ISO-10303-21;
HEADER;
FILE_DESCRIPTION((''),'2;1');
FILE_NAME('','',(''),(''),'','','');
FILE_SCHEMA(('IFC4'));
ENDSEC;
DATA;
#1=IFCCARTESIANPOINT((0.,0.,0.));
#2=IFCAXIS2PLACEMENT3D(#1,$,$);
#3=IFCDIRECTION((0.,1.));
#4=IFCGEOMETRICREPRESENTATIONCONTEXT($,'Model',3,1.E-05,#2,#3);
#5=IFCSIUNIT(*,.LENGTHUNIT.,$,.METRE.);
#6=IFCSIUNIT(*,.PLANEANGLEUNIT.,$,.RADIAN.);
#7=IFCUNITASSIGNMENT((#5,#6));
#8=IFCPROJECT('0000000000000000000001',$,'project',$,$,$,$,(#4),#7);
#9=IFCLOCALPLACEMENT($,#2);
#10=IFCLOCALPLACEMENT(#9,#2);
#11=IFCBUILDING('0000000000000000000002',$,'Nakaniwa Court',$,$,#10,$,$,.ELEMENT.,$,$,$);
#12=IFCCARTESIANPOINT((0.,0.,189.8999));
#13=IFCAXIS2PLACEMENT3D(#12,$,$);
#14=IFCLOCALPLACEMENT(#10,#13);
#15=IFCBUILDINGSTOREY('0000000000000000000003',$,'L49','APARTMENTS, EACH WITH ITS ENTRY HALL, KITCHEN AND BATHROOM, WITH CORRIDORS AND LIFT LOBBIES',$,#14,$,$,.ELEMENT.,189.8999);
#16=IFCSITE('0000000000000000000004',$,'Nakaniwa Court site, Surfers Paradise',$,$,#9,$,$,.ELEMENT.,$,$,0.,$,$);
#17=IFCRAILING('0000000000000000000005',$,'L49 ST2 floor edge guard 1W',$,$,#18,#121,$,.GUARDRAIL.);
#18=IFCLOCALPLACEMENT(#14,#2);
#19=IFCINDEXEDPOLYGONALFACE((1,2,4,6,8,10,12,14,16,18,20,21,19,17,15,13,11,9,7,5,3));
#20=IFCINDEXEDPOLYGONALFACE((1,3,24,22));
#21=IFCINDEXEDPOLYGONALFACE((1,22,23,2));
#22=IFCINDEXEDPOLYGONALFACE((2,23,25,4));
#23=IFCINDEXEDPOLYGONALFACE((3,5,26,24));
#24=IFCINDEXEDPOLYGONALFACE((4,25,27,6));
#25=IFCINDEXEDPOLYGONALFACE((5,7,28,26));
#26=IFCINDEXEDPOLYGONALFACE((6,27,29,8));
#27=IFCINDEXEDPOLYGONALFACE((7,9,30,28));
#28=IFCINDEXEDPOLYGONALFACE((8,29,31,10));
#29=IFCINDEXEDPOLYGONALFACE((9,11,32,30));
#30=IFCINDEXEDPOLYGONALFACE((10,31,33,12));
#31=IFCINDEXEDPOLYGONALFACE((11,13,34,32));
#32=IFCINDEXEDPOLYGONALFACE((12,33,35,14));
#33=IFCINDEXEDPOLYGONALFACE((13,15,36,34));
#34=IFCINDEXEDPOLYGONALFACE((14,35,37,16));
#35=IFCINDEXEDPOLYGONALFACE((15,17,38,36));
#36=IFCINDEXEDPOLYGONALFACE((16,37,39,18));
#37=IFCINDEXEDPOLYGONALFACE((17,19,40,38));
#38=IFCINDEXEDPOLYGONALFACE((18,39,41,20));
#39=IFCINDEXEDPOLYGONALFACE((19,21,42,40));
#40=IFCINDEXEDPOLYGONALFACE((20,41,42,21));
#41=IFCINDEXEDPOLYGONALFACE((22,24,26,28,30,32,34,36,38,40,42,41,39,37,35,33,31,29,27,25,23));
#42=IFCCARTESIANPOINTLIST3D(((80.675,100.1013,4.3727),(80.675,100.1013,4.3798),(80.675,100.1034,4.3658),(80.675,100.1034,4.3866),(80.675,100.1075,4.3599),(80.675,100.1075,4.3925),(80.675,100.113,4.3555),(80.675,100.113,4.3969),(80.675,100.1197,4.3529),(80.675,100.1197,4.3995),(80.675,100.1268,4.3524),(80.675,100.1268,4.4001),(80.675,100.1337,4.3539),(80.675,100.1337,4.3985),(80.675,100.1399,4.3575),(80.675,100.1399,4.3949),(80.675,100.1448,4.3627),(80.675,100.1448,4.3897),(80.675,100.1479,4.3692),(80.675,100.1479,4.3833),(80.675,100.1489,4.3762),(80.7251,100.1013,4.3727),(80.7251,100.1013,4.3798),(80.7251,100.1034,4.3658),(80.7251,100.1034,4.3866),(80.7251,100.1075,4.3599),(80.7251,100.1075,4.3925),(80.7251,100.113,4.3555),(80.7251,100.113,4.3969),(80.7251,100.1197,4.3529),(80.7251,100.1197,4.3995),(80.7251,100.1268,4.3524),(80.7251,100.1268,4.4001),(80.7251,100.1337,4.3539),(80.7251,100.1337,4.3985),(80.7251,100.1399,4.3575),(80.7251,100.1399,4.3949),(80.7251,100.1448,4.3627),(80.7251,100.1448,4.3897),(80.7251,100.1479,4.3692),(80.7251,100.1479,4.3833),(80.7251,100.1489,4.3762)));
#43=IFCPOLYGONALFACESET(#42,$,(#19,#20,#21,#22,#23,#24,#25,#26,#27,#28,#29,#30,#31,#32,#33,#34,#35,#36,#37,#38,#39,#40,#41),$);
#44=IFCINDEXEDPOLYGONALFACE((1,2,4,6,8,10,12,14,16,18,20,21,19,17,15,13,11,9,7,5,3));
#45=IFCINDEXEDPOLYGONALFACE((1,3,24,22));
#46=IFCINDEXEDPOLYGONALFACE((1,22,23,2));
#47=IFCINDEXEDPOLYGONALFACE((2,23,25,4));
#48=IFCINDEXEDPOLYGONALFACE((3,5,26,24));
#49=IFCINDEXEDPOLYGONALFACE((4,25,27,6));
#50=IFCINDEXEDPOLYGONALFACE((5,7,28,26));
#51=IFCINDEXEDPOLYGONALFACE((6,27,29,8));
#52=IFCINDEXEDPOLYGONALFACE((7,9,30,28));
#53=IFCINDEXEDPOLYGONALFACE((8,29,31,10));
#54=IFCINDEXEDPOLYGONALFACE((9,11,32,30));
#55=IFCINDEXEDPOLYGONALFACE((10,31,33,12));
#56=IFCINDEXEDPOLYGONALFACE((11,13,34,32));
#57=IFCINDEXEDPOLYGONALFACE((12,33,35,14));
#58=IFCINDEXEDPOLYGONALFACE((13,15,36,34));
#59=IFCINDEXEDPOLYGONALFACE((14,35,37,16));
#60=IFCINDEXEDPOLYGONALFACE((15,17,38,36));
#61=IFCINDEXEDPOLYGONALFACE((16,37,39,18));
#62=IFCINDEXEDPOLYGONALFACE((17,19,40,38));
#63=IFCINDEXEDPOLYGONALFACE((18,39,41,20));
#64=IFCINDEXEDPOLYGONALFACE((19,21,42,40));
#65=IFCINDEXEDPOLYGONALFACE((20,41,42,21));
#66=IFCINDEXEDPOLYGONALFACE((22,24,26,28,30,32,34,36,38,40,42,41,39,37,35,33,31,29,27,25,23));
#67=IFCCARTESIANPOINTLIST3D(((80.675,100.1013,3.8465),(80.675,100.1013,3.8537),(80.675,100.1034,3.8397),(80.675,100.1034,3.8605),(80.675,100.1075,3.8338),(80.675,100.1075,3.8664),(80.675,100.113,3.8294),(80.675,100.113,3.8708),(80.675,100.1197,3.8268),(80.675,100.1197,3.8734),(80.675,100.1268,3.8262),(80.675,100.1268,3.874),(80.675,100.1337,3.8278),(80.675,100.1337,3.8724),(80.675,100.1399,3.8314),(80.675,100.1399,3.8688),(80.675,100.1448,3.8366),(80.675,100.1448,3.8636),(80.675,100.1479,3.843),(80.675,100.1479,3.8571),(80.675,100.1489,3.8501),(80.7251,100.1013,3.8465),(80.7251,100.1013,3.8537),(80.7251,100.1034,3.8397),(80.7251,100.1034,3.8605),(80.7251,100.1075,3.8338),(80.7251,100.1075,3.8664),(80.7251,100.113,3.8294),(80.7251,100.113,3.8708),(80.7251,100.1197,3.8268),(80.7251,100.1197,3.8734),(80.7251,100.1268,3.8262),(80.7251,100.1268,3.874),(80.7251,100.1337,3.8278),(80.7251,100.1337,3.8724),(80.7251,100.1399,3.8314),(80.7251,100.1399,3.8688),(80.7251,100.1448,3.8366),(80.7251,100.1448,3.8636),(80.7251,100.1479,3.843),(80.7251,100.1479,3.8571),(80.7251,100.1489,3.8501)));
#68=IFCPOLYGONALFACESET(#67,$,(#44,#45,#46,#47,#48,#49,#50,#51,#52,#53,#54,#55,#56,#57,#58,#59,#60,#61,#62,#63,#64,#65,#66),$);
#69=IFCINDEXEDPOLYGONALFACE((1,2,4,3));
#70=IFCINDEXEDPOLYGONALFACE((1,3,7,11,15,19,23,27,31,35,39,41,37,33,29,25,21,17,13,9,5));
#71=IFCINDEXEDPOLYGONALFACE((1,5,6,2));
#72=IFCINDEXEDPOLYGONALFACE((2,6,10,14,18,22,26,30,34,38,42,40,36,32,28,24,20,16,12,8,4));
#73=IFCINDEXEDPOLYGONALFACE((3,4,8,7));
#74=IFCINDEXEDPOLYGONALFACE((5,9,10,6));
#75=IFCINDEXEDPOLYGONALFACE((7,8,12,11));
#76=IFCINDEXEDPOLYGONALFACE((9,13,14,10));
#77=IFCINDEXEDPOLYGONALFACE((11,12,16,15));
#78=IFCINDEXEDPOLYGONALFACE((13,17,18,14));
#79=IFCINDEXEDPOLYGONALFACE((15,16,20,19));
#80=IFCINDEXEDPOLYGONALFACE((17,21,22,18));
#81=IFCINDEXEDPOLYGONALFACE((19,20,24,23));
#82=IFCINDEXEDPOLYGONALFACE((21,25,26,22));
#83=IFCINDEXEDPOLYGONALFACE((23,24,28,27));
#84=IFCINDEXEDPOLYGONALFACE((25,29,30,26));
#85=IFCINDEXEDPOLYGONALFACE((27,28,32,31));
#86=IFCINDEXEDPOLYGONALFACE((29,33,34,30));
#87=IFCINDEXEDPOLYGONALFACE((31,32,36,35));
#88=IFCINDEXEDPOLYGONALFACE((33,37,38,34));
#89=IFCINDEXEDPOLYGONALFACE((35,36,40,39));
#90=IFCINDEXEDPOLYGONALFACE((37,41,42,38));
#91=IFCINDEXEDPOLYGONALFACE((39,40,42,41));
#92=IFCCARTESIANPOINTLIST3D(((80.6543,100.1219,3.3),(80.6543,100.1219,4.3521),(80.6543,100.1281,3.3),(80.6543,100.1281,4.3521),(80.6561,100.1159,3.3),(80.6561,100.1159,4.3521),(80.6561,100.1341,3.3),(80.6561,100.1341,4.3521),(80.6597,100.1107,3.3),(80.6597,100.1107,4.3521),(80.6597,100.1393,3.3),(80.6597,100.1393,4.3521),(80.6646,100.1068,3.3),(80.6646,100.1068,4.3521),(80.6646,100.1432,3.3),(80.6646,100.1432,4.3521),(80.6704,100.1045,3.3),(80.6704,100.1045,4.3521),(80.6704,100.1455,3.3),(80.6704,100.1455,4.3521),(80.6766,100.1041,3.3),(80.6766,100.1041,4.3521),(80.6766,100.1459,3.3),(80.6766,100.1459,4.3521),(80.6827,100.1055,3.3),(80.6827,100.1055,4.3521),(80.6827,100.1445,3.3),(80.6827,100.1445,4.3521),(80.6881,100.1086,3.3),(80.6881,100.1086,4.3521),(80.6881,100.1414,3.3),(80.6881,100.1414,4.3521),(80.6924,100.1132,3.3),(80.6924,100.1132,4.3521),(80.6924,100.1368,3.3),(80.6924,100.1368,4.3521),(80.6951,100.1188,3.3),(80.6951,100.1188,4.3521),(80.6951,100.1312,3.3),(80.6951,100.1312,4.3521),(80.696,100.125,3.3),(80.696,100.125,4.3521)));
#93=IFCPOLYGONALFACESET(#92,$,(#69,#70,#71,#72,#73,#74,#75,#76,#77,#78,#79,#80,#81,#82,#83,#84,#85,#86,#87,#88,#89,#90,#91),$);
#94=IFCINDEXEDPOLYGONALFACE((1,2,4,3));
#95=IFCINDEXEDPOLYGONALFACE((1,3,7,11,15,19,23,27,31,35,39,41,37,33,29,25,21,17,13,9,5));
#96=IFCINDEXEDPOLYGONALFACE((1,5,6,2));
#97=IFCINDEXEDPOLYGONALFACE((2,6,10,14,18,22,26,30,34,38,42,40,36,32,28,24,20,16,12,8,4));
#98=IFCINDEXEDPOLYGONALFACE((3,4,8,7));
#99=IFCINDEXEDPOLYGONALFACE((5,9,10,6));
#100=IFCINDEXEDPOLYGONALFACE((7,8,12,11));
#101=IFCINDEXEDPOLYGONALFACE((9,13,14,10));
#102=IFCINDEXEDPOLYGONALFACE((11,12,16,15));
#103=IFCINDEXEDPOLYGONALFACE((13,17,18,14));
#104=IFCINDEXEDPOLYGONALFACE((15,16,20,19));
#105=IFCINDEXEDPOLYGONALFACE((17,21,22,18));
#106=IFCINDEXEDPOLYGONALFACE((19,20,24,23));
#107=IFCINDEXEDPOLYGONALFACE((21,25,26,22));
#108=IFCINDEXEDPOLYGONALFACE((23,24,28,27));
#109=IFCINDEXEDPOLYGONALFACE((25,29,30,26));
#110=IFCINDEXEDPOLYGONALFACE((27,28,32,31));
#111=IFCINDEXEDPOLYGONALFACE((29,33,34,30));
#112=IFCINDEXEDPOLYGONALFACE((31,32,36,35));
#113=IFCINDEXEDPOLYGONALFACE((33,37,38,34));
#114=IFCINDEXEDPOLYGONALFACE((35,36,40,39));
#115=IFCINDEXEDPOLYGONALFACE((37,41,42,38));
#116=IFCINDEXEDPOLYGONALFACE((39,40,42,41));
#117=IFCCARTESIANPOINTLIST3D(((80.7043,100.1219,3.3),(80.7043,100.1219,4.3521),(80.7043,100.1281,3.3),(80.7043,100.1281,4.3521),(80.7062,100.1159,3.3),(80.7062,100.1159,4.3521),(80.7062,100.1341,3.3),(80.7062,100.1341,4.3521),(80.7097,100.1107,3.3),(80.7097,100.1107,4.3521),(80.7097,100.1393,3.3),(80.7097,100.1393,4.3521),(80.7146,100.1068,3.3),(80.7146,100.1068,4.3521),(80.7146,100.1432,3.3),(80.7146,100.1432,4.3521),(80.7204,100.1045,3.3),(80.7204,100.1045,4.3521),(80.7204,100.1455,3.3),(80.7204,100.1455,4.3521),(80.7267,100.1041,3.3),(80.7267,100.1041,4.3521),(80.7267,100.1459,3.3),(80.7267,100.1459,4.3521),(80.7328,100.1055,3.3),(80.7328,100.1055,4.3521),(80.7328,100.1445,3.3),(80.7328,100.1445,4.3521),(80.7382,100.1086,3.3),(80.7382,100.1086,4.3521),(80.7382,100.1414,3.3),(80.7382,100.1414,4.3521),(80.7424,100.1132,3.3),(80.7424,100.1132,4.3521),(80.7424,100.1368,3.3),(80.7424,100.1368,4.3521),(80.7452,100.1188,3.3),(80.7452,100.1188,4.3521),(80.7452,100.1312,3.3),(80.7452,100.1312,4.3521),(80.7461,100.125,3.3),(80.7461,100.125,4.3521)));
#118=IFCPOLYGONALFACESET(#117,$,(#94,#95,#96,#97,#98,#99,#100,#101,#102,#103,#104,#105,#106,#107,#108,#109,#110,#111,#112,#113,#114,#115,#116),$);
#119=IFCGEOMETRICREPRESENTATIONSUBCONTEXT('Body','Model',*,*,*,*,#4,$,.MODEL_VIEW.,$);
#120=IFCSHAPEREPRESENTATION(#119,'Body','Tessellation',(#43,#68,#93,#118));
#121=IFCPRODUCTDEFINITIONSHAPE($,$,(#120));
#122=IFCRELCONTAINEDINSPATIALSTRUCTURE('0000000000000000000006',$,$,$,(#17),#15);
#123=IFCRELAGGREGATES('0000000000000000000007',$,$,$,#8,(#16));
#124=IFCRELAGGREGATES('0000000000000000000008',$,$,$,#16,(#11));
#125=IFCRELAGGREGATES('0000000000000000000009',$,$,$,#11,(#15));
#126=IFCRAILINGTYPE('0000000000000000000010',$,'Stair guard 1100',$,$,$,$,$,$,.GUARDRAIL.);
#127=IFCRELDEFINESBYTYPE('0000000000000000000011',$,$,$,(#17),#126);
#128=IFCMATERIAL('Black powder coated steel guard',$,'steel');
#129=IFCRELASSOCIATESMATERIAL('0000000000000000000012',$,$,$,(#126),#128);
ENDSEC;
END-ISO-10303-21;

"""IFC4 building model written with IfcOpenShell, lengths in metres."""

from ifc_helpers import new_model, si_unit, direction, frame, origin, origin_2d, place, context, subcontext, project, spatial, circle, extrude, material, type_object, element, save


model = new_model("IFC4")

# Units and contexts
model_context = context("Model", 3, precision=1e-05, world=origin(), true_north=direction((0.0, 1.0)))
body_context = subcontext(model_context, "Body", "Model", "MODEL_VIEW")
ifc_project = project(units=[si_unit("LENGTHUNIT", "METRE"), si_unit("PLANEANGLEUNIT", "RADIAN")], contexts=[model_context])

# Site, building, storey
site_placement = place(None, origin())
site = spatial("IfcSite", under=ifc_project, at=site_placement, Name="Nakaniwa Court site, Surfers Paradise", CompositionType="ELEMENT", RefElevation=0.0)
building_placement = place(site_placement, origin())
building = spatial("IfcBuilding", under=site, at=building_placement, Name="Nakaniwa Court", CompositionType="ELEMENT")
storey_placement = place(building_placement, frame((0.0, 0.0, 189.8999)))
storey = spatial("IfcBuildingStorey", under=building, at=storey_placement, Name="L49", Description="APARTMENTS, EACH WITH ITS ENTRY HALL, KITCHEN AND BATHROOM, WITH CORRIDORS AND LIFT LOBBIES", CompositionType="ELEMENT", Elevation=189.8999)

# Railing
ifc_material_1 = material(Name="Black powder coated steel guard", Category="steel")
railing_type_1 = type_object("IfcRailingType", Name="Stair guard 1100", PredefinedType="GUARDRAIL", material=ifc_material_1)
for number, where, name in (
    (1, (80.675, 100.125, 3.3), "L49 ST2 floor edge guard 1W"),
):
    element("IfcRailing", number, at=place(storey_placement, frame(where)), inside=storey, type_object=railing_type_1, Name=name, PredefinedType="GUARDRAIL", context=body_context, shape_type="SweptSolid", body=[
        extrude(circle(Radius=0.0239, at=origin_2d()), frame((0.0, 0.0, 1.0762), z_axis=(1.0, 0.0, 0.0), x_axis=(0.0, 1.0, 0.0)), (0.0, 0.0, 1.0), 0.05),
        extrude(circle(Radius=0.0239, at=origin_2d()), frame((0.0, 0.0, 0.55), z_axis=(1.0, 0.0, 0.0), x_axis=(0.0, 1.0, 0.0)), (0.0, 0.0, 1.0), 0.05),
        extrude(circle(Radius=0.021, at=origin_2d()), origin(), (0.0, 0.0, 1.0), 1.052),
        extrude(circle(Radius=0.021, at=origin_2d()), frame((0.05, 0.0, 0.0)), (0.0, 0.0, 1.0), 1.052),
    ])

save(model, "model.ifc")
